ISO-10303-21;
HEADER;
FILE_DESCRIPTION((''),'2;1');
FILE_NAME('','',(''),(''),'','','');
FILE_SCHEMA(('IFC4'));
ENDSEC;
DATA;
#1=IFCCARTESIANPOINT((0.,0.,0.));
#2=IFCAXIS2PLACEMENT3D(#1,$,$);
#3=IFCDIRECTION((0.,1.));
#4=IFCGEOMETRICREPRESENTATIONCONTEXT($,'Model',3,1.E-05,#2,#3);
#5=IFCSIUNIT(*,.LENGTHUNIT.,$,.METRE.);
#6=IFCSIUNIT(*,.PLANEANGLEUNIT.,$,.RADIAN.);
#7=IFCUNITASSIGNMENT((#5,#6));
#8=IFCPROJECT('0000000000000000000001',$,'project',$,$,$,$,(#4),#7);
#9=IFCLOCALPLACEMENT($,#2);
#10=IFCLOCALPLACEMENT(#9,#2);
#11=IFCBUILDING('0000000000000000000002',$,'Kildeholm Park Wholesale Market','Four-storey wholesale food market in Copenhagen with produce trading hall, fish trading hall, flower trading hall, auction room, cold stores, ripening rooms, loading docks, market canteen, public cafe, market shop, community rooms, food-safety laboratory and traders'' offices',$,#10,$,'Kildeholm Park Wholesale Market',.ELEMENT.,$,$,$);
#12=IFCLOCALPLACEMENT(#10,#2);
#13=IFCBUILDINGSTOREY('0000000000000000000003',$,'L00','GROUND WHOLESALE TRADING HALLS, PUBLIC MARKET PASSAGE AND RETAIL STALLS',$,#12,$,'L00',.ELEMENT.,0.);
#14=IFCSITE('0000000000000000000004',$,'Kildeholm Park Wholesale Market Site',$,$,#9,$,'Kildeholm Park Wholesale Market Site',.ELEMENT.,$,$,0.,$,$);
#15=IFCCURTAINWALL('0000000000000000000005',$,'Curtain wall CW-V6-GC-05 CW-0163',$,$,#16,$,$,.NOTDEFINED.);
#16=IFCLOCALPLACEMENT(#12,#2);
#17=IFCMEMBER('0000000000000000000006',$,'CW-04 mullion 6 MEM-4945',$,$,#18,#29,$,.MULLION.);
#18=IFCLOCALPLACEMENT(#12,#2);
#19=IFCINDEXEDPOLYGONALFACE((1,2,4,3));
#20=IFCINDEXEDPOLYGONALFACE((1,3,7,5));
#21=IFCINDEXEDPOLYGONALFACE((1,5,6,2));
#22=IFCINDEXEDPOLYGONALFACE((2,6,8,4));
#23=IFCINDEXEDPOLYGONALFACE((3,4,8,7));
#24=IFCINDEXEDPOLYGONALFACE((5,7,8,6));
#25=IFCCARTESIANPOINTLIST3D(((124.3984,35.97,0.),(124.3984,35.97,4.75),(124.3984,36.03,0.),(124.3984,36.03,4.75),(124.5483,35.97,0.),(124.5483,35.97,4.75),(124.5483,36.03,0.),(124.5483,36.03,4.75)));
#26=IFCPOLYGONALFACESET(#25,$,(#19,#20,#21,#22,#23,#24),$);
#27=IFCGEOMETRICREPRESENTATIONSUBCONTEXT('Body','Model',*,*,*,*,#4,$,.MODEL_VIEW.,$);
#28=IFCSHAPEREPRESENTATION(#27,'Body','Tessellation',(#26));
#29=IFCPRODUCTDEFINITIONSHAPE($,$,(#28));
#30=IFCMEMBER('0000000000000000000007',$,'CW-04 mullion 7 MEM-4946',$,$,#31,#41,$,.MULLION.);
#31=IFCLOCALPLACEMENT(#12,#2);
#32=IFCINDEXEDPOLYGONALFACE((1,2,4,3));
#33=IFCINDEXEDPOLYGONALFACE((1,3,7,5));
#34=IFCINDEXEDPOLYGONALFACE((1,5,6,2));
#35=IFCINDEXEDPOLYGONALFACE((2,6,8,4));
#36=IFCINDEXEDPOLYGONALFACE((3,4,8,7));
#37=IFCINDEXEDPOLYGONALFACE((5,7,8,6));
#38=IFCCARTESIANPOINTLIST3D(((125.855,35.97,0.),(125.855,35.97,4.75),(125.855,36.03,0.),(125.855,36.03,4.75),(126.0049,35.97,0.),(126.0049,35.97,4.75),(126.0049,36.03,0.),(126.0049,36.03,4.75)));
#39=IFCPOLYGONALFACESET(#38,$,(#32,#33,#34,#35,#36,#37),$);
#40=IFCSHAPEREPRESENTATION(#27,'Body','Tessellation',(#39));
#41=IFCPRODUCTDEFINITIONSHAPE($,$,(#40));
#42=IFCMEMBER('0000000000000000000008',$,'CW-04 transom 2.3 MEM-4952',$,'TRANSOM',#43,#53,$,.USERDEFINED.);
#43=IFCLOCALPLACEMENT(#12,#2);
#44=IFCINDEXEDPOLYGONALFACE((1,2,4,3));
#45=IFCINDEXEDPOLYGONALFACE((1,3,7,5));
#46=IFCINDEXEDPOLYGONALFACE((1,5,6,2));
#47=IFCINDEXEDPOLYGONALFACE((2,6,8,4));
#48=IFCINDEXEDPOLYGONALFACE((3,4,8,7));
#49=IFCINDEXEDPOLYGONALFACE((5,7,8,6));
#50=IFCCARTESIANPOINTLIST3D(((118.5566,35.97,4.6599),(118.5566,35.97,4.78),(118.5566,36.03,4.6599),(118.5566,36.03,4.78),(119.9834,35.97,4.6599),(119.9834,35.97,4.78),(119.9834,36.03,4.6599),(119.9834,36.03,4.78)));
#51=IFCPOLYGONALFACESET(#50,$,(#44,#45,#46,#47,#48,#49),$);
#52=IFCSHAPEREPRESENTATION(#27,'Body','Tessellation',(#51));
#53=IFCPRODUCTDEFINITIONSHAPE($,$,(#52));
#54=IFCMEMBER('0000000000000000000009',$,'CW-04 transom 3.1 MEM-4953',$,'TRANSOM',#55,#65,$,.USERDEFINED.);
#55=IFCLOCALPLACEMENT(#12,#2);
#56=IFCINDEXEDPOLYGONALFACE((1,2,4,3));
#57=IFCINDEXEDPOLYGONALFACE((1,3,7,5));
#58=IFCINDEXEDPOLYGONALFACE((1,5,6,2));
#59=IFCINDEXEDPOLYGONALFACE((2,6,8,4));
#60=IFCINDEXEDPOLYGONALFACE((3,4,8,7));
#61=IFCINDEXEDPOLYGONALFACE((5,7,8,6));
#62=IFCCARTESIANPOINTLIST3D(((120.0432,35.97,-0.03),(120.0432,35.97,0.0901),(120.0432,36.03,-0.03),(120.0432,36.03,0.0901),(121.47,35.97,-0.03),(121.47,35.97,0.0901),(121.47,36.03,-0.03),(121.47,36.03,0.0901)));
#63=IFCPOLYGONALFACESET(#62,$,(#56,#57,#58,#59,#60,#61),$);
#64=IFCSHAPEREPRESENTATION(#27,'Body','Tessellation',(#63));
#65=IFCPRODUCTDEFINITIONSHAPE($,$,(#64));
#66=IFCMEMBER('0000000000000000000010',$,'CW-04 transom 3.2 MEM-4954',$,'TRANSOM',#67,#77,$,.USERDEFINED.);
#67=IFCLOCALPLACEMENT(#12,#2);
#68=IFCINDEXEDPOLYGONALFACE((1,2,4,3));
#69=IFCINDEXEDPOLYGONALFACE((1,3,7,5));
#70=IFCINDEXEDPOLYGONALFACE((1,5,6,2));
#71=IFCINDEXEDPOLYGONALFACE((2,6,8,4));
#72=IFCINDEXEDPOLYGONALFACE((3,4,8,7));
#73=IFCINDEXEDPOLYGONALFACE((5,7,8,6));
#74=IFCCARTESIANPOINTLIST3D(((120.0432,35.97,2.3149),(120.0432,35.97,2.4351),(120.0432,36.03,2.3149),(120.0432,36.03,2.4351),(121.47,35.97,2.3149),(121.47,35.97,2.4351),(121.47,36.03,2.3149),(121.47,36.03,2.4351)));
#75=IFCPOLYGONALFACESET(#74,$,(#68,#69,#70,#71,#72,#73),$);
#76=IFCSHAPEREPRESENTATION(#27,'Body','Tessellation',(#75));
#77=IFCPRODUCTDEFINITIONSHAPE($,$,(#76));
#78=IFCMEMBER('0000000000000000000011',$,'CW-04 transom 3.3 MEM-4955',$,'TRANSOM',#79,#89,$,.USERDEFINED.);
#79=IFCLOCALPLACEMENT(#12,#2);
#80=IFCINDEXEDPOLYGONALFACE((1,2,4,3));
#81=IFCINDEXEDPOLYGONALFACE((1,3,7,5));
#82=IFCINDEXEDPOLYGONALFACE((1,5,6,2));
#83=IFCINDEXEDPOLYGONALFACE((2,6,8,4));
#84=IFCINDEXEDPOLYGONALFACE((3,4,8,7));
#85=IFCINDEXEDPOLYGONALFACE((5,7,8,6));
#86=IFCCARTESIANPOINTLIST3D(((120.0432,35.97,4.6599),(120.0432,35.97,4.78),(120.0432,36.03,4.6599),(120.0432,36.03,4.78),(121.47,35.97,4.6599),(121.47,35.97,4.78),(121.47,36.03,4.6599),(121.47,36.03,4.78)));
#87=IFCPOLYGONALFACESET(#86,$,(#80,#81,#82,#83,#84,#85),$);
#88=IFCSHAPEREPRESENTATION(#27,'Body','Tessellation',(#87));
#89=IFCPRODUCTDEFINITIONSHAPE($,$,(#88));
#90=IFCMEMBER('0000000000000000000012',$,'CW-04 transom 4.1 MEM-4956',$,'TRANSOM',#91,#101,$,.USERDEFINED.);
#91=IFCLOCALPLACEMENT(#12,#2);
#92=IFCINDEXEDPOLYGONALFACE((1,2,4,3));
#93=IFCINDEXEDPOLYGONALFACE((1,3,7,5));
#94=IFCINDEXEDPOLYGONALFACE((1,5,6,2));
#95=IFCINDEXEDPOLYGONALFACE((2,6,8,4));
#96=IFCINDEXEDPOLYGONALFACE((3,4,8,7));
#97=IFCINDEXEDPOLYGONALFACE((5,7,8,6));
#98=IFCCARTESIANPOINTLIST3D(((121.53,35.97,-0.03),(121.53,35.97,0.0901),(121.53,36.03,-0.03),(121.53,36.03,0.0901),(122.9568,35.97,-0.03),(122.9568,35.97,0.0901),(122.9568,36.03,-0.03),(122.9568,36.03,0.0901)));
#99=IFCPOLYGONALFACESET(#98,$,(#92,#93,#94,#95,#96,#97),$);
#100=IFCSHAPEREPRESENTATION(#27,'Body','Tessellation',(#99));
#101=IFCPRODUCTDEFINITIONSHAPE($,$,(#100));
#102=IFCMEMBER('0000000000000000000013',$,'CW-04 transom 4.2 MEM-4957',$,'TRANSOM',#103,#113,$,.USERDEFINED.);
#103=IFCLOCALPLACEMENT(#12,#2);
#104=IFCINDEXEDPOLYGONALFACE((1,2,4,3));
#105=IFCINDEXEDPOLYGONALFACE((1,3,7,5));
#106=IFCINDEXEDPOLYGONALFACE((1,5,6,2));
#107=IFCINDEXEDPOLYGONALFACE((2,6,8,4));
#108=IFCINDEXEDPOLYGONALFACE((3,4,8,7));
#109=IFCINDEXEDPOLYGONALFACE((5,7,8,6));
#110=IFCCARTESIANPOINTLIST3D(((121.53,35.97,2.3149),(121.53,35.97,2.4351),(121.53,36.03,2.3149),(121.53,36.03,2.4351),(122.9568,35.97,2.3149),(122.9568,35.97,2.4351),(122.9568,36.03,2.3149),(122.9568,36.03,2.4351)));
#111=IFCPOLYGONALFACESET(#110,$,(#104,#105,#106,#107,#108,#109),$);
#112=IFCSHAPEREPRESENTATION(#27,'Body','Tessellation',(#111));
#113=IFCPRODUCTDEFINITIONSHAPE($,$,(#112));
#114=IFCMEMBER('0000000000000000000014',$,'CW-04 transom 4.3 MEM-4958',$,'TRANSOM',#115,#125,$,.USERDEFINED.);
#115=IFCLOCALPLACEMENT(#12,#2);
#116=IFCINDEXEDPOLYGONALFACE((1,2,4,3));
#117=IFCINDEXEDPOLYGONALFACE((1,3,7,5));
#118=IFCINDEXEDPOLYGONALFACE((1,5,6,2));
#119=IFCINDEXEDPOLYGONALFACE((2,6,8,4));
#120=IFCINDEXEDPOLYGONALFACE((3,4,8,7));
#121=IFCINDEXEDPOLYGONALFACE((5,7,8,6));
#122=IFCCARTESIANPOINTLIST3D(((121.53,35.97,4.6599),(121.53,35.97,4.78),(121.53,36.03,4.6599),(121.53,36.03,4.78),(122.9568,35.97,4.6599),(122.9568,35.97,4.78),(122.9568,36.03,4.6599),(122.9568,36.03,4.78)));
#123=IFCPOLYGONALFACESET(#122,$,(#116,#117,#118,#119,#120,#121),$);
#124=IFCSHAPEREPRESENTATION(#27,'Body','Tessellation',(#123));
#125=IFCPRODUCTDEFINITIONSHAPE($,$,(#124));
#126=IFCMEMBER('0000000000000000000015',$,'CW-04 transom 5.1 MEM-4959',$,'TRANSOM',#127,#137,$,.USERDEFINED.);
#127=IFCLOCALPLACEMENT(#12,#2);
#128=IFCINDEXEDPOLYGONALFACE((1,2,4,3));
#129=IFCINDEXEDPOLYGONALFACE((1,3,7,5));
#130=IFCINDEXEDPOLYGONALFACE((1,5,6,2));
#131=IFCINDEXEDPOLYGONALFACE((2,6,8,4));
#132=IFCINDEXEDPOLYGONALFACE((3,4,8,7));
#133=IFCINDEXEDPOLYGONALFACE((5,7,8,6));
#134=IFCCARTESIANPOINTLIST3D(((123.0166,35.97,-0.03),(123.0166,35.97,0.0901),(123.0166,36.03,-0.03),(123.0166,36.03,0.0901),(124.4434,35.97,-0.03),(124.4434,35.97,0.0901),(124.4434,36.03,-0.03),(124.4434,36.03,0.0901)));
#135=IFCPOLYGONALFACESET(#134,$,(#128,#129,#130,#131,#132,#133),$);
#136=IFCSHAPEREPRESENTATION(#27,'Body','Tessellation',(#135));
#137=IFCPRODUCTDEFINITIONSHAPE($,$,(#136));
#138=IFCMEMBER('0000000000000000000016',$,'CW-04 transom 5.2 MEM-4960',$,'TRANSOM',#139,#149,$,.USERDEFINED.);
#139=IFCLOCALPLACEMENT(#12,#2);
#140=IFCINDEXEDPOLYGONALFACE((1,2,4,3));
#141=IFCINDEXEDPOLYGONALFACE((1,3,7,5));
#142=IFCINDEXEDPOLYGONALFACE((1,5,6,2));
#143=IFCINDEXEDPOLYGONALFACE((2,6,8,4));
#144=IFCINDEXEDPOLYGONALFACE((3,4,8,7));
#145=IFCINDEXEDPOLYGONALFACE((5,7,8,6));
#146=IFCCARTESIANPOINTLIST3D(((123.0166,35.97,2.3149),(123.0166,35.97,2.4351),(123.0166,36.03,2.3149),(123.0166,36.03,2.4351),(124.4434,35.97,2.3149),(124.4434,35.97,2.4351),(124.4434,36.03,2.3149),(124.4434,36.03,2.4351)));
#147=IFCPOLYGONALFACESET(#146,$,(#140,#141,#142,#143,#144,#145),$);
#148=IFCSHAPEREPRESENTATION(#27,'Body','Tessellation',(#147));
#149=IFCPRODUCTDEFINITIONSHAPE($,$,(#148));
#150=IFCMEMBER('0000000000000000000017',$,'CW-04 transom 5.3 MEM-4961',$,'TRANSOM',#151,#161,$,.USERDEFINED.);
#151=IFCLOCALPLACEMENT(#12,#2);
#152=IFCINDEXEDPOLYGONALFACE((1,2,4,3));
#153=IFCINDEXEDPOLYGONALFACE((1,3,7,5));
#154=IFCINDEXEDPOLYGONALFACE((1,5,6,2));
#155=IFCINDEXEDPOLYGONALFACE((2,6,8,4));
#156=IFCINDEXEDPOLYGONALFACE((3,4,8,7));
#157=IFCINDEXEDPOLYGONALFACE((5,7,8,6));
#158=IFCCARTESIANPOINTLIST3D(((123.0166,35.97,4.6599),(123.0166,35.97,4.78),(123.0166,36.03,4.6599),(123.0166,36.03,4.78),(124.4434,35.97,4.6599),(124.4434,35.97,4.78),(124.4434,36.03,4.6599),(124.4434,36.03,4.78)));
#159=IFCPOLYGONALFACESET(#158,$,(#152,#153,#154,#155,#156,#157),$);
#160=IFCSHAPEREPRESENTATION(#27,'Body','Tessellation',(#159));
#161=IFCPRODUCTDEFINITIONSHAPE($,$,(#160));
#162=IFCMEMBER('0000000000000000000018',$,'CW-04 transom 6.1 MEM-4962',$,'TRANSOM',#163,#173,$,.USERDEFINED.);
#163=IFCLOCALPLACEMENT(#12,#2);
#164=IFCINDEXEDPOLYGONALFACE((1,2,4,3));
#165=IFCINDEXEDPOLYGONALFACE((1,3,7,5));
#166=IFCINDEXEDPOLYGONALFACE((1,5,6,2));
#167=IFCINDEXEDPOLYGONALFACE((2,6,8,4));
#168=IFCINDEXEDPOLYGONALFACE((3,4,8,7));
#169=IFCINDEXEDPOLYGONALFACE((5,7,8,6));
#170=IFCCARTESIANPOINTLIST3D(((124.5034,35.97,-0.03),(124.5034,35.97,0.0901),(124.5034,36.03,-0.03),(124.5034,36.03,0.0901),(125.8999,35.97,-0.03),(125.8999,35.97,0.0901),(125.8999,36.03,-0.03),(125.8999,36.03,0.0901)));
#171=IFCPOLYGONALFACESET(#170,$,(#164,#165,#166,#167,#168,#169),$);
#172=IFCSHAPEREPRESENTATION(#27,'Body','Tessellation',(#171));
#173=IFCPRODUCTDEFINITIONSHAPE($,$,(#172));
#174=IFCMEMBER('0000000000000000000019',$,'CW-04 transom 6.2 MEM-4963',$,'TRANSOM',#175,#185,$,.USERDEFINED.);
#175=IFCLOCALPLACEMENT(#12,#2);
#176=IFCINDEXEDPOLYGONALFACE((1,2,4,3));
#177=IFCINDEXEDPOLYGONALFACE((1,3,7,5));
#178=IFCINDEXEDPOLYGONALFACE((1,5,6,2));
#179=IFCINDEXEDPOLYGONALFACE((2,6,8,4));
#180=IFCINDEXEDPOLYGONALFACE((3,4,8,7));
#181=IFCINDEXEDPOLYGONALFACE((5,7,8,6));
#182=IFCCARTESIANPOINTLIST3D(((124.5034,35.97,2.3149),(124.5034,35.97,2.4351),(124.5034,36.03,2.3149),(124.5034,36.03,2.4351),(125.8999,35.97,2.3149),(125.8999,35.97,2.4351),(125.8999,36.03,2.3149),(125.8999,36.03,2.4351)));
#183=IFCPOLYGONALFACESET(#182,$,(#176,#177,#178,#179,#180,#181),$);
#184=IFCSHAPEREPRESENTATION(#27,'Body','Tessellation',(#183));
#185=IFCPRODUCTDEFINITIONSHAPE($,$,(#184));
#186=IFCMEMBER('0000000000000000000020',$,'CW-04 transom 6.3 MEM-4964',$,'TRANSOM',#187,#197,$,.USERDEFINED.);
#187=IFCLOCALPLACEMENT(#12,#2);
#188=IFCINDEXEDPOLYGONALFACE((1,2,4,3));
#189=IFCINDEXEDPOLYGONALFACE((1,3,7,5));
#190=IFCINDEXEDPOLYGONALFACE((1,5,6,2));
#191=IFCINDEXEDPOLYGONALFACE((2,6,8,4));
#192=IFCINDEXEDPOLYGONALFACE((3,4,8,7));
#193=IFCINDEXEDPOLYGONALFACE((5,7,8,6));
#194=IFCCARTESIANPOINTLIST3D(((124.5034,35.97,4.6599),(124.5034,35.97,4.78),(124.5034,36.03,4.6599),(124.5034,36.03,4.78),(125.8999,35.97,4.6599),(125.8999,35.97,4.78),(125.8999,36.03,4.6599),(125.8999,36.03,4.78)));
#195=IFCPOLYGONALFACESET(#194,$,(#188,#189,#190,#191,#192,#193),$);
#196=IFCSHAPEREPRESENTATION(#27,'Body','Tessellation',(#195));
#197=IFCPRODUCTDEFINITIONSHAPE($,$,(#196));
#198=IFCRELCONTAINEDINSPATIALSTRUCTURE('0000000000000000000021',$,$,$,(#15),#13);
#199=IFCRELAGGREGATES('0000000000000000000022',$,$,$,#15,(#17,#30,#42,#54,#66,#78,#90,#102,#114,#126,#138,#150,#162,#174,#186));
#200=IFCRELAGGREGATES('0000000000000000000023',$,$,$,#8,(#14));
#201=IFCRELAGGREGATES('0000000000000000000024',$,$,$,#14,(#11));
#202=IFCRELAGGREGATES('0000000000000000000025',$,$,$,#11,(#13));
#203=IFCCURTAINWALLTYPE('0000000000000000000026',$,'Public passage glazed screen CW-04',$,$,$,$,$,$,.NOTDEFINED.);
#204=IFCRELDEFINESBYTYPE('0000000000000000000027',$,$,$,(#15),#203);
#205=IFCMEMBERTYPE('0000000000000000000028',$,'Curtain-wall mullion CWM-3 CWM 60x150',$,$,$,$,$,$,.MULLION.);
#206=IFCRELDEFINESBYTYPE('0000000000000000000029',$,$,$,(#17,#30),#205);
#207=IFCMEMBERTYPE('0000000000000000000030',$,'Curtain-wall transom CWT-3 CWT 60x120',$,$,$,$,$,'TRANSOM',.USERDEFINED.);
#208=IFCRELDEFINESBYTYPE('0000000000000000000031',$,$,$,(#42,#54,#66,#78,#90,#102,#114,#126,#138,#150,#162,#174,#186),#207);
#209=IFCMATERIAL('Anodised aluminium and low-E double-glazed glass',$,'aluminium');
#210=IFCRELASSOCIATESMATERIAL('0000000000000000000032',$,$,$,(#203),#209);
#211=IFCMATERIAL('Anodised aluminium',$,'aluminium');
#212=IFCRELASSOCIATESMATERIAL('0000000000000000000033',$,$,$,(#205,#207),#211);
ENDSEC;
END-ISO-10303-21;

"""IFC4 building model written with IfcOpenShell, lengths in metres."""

from ifc_helpers import new_model, si_unit, direction, frame, origin, origin_2d, place, context, subcontext, project, spatial, rectangle, extrude, material, material_profile, profile_set, type_object, element, aggregate, save


model = new_model("IFC4")

# Units and contexts
model_context = context("Model", 3, precision=1e-05, world=origin(), true_north=direction((0.0, 1.0)))
body_context = subcontext(model_context, "Body", "Model", "MODEL_VIEW")
ifc_project = project(units=[si_unit("LENGTHUNIT", "METRE"), si_unit("PLANEANGLEUNIT", "RADIAN")], contexts=[model_context])

# Site, building, storey
site_placement = place(None, origin())
site = spatial("IfcSite", under=ifc_project, at=site_placement, Name="Kildeholm Park Wholesale Market Site", LongName="Kildeholm Park Wholesale Market Site", CompositionType="ELEMENT", RefElevation=0.0)
building_placement = place(site_placement, origin())
building = spatial("IfcBuilding", under=site, at=building_placement, Name="Kildeholm Park Wholesale Market", Description="Four-storey wholesale food market in Copenhagen with produce trading hall, fish trading hall, flower trading hall, auction room, cold stores, ripening rooms, loading docks, market canteen, public cafe, market shop, community rooms, food-safety laboratory and traders' offices", LongName="Kildeholm Park Wholesale Market", CompositionType="ELEMENT")
storey_placement = place(building_placement, origin())
storey = spatial("IfcBuildingStorey", under=building, at=storey_placement, Name="L00", Description="GROUND WHOLESALE TRADING HALLS, PUBLIC MARKET PASSAGE AND RETAIL STALLS", LongName="L00", CompositionType="ELEMENT", Elevation=0.0)

# Curtain wall, members
ifc_material_1 = material(Name="Anodised aluminium and low-E double-glazed glass", Category="aluminium")
curtain_wall_type = type_object("IfcCurtainWallType", Name="Public passage glazed screen CW-04", PredefinedType="NOTDEFINED", material=ifc_material_1)
curtain_wall_placement = place(storey_placement, origin())
curtain_wall = element("IfcCurtainWall", 1, at=curtain_wall_placement, inside=storey, type_object=curtain_wall_type, Name="Curtain wall CW-V6-GC-05 CW-0163", PredefinedType="NOTDEFINED")
ifc_material_2 = material(Name="Anodised aluminium", Category="aluminium")
ifc_material_profile_1 = material_profile(ifc_material_2, rectangle(XDim=0.0601, YDim=0.1499, at=origin_2d()), Name="CWM 60x150")
ifc_profile_set_1 = profile_set([ifc_material_profile_1], Name="Anodised aluminium")
member_type_1 = type_object("IfcMemberType", Name="Curtain-wall mullion CWM-3 CWM 60x150", PredefinedType="MULLION", material=ifc_profile_set_1)
member_1_placement = place(storey_placement, frame((124.4734, 36.0, 0.0), z_axis=(0.0, 0.0, 1.0), x_axis=(0.0, 1.0, 0.0)))
member_1 = element("IfcMember", 2, at=member_1_placement, type_object=member_type_1, Name="CW-04 mullion 6 MEM-4945", PredefinedType="MULLION", context=body_context, shape_type="SweptSolid", body=[
    extrude(rectangle(XDim=0.0601, YDim=0.1499, at=origin_2d()), origin(), (0.0, 0.0, 1.0), 4.75),
])
member_2_placement = place(storey_placement, frame((125.9299, 36.0, 0.0), z_axis=(0.0, 0.0, 1.0), x_axis=(0.0, 1.0, 0.0)))
member_2 = element("IfcMember", 3, at=member_2_placement, type_object=member_type_1, Name="CW-04 mullion 7 MEM-4946", PredefinedType="MULLION", context=body_context, shape_type="SweptSolid", body=[
    extrude(rectangle(XDim=0.0601, YDim=0.1499, at=origin_2d()), origin(), (0.0, 0.0, 1.0), 4.75),
])
ifc_material_profile_2 = material_profile(ifc_material_2, rectangle(XDim=0.0601, YDim=0.1201, at=origin_2d()), Name="CWT 60x120")
ifc_profile_set_2 = profile_set([ifc_material_profile_2], Name="Anodised aluminium")
member_type_2 = type_object("IfcMemberType", Name="Curtain-wall transom CWT-3 CWT 60x120", ElementType="TRANSOM", PredefinedType="USERDEFINED", material=ifc_profile_set_2)
member_3_placement = place(storey_placement, frame((118.5566, 36.0, 4.72), z_axis=(1.0, 0.0, 0.0), x_axis=(0.0, 1.0, 0.0)))
member_3 = element("IfcMember", 4, at=member_3_placement, type_object=member_type_2, Name="CW-04 transom 2.3 MEM-4952", ObjectType="TRANSOM", PredefinedType="USERDEFINED", context=body_context, shape_type="SweptSolid", body=[
    extrude(rectangle(XDim=0.0601, YDim=0.1201, at=origin_2d()), origin(), (0.0, 0.0, 1.0), 1.4268),
])
member_4_placement = place(storey_placement, frame((120.0432, 36.0, 0.03), z_axis=(1.0, 0.0, 0.0), x_axis=(0.0, 1.0, 0.0)))
member_4 = element("IfcMember", 5, at=member_4_placement, type_object=member_type_2, Name="CW-04 transom 3.1 MEM-4953", ObjectType="TRANSOM", PredefinedType="USERDEFINED", context=body_context, shape_type="SweptSolid", body=[
    extrude(rectangle(XDim=0.0601, YDim=0.1201, at=origin_2d()), origin(), (0.0, 0.0, 1.0), 1.4268),
])
member_5_placement = place(storey_placement, frame((120.0432, 36.0, 2.375), z_axis=(1.0, 0.0, 0.0), x_axis=(0.0, 1.0, 0.0)))
member_5 = element("IfcMember", 6, at=member_5_placement, type_object=member_type_2, Name="CW-04 transom 3.2 MEM-4954", ObjectType="TRANSOM", PredefinedType="USERDEFINED", context=body_context, shape_type="SweptSolid", body=[
    extrude(rectangle(XDim=0.0601, YDim=0.1201, at=origin_2d()), origin(), (0.0, 0.0, 1.0), 1.4268),
])
member_6_placement = place(storey_placement, frame((120.0432, 36.0, 4.72), z_axis=(1.0, 0.0, 0.0), x_axis=(0.0, 1.0, 0.0)))
member_6 = element("IfcMember", 7, at=member_6_placement, type_object=member_type_2, Name="CW-04 transom 3.3 MEM-4955", ObjectType="TRANSOM", PredefinedType="USERDEFINED", context=body_context, shape_type="SweptSolid", body=[
    extrude(rectangle(XDim=0.0601, YDim=0.1201, at=origin_2d()), origin(), (0.0, 0.0, 1.0), 1.4268),
])
member_7_placement = place(storey_placement, frame((121.53, 36.0, 0.03), z_axis=(1.0, 0.0, 0.0), x_axis=(0.0, 1.0, 0.0)))
member_7 = element("IfcMember", 8, at=member_7_placement, type_object=member_type_2, Name="CW-04 transom 4.1 MEM-4956", ObjectType="TRANSOM", PredefinedType="USERDEFINED", context=body_context, shape_type="SweptSolid", body=[
    extrude(rectangle(XDim=0.0601, YDim=0.1201, at=origin_2d()), origin(), (0.0, 0.0, 1.0), 1.4268),
])
member_8_placement = place(storey_placement, frame((121.53, 36.0, 2.375), z_axis=(1.0, 0.0, 0.0), x_axis=(0.0, 1.0, 0.0)))
member_8 = element("IfcMember", 9, at=member_8_placement, type_object=member_type_2, Name="CW-04 transom 4.2 MEM-4957", ObjectType="TRANSOM", PredefinedType="USERDEFINED", context=body_context, shape_type="SweptSolid", body=[
    extrude(rectangle(XDim=0.0601, YDim=0.1201, at=origin_2d()), origin(), (0.0, 0.0, 1.0), 1.4268),
])
member_9_placement = place(storey_placement, frame((121.53, 36.0, 4.72), z_axis=(1.0, 0.0, 0.0), x_axis=(0.0, 1.0, 0.0)))
member_9 = element("IfcMember", 10, at=member_9_placement, type_object=member_type_2, Name="CW-04 transom 4.3 MEM-4958", ObjectType="TRANSOM", PredefinedType="USERDEFINED", context=body_context, shape_type="SweptSolid", body=[
    extrude(rectangle(XDim=0.0601, YDim=0.1201, at=origin_2d()), origin(), (0.0, 0.0, 1.0), 1.4268),
])
member_10_placement = place(storey_placement, frame((123.0166, 36.0, 0.03), z_axis=(1.0, 0.0, 0.0), x_axis=(0.0, 1.0, 0.0)))
member_10 = element("IfcMember", 11, at=member_10_placement, type_object=member_type_2, Name="CW-04 transom 5.1 MEM-4959", ObjectType="TRANSOM", PredefinedType="USERDEFINED", context=body_context, shape_type="SweptSolid", body=[
    extrude(rectangle(XDim=0.0601, YDim=0.1201, at=origin_2d()), origin(), (0.0, 0.0, 1.0), 1.4268),
])
member_11_placement = place(storey_placement, frame((123.0166, 36.0, 2.375), z_axis=(1.0, 0.0, 0.0), x_axis=(0.0, 1.0, 0.0)))
member_11 = element("IfcMember", 12, at=member_11_placement, type_object=member_type_2, Name="CW-04 transom 5.2 MEM-4960", ObjectType="TRANSOM", PredefinedType="USERDEFINED", context=body_context, shape_type="SweptSolid", body=[
    extrude(rectangle(XDim=0.0601, YDim=0.1201, at=origin_2d()), origin(), (0.0, 0.0, 1.0), 1.4268),
])
member_12_placement = place(storey_placement, frame((123.0166, 36.0, 4.72), z_axis=(1.0, 0.0, 0.0), x_axis=(0.0, 1.0, 0.0)))
member_12 = element("IfcMember", 13, at=member_12_placement, type_object=member_type_2, Name="CW-04 transom 5.3 MEM-4961", ObjectType="TRANSOM", PredefinedType="USERDEFINED", context=body_context, shape_type="SweptSolid", body=[
    extrude(rectangle(XDim=0.0601, YDim=0.1201, at=origin_2d()), origin(), (0.0, 0.0, 1.0), 1.4268),
])
member_13_placement = place(storey_placement, frame((124.5034, 36.0, 0.03), z_axis=(1.0, 0.0, 0.0), x_axis=(0.0, 1.0, 0.0)))
member_13 = element("IfcMember", 14, at=member_13_placement, type_object=member_type_2, Name="CW-04 transom 6.1 MEM-4962", ObjectType="TRANSOM", PredefinedType="USERDEFINED", context=body_context, shape_type="SweptSolid", body=[
    extrude(rectangle(XDim=0.0601, YDim=0.1201, at=origin_2d()), origin(), (0.0, 0.0, 1.0), 1.3965),
])
member_14_placement = place(storey_placement, frame((124.5034, 36.0, 2.375), z_axis=(1.0, 0.0, 0.0), x_axis=(0.0, 1.0, 0.0)))
member_14 = element("IfcMember", 15, at=member_14_placement, type_object=member_type_2, Name="CW-04 transom 6.2 MEM-4963", ObjectType="TRANSOM", PredefinedType="USERDEFINED", context=body_context, shape_type="SweptSolid", body=[
    extrude(rectangle(XDim=0.0601, YDim=0.1201, at=origin_2d()), origin(), (0.0, 0.0, 1.0), 1.3965),
])
member_15_placement = place(storey_placement, frame((124.5034, 36.0, 4.72), z_axis=(1.0, 0.0, 0.0), x_axis=(0.0, 1.0, 0.0)))
member_15 = element("IfcMember", 16, at=member_15_placement, type_object=member_type_2, Name="CW-04 transom 6.3 MEM-4964", ObjectType="TRANSOM", PredefinedType="USERDEFINED", context=body_context, shape_type="SweptSolid", body=[
    extrude(rectangle(XDim=0.0601, YDim=0.1201, at=origin_2d()), origin(), (0.0, 0.0, 1.0), 1.3965),
])

aggregate(curtain_wall, [member_1, member_2, member_3, member_4, member_5, member_6, member_7, member_8, member_9, member_10, member_11, member_12, member_13, member_14, member_15])

save(model, "model.ifc")
